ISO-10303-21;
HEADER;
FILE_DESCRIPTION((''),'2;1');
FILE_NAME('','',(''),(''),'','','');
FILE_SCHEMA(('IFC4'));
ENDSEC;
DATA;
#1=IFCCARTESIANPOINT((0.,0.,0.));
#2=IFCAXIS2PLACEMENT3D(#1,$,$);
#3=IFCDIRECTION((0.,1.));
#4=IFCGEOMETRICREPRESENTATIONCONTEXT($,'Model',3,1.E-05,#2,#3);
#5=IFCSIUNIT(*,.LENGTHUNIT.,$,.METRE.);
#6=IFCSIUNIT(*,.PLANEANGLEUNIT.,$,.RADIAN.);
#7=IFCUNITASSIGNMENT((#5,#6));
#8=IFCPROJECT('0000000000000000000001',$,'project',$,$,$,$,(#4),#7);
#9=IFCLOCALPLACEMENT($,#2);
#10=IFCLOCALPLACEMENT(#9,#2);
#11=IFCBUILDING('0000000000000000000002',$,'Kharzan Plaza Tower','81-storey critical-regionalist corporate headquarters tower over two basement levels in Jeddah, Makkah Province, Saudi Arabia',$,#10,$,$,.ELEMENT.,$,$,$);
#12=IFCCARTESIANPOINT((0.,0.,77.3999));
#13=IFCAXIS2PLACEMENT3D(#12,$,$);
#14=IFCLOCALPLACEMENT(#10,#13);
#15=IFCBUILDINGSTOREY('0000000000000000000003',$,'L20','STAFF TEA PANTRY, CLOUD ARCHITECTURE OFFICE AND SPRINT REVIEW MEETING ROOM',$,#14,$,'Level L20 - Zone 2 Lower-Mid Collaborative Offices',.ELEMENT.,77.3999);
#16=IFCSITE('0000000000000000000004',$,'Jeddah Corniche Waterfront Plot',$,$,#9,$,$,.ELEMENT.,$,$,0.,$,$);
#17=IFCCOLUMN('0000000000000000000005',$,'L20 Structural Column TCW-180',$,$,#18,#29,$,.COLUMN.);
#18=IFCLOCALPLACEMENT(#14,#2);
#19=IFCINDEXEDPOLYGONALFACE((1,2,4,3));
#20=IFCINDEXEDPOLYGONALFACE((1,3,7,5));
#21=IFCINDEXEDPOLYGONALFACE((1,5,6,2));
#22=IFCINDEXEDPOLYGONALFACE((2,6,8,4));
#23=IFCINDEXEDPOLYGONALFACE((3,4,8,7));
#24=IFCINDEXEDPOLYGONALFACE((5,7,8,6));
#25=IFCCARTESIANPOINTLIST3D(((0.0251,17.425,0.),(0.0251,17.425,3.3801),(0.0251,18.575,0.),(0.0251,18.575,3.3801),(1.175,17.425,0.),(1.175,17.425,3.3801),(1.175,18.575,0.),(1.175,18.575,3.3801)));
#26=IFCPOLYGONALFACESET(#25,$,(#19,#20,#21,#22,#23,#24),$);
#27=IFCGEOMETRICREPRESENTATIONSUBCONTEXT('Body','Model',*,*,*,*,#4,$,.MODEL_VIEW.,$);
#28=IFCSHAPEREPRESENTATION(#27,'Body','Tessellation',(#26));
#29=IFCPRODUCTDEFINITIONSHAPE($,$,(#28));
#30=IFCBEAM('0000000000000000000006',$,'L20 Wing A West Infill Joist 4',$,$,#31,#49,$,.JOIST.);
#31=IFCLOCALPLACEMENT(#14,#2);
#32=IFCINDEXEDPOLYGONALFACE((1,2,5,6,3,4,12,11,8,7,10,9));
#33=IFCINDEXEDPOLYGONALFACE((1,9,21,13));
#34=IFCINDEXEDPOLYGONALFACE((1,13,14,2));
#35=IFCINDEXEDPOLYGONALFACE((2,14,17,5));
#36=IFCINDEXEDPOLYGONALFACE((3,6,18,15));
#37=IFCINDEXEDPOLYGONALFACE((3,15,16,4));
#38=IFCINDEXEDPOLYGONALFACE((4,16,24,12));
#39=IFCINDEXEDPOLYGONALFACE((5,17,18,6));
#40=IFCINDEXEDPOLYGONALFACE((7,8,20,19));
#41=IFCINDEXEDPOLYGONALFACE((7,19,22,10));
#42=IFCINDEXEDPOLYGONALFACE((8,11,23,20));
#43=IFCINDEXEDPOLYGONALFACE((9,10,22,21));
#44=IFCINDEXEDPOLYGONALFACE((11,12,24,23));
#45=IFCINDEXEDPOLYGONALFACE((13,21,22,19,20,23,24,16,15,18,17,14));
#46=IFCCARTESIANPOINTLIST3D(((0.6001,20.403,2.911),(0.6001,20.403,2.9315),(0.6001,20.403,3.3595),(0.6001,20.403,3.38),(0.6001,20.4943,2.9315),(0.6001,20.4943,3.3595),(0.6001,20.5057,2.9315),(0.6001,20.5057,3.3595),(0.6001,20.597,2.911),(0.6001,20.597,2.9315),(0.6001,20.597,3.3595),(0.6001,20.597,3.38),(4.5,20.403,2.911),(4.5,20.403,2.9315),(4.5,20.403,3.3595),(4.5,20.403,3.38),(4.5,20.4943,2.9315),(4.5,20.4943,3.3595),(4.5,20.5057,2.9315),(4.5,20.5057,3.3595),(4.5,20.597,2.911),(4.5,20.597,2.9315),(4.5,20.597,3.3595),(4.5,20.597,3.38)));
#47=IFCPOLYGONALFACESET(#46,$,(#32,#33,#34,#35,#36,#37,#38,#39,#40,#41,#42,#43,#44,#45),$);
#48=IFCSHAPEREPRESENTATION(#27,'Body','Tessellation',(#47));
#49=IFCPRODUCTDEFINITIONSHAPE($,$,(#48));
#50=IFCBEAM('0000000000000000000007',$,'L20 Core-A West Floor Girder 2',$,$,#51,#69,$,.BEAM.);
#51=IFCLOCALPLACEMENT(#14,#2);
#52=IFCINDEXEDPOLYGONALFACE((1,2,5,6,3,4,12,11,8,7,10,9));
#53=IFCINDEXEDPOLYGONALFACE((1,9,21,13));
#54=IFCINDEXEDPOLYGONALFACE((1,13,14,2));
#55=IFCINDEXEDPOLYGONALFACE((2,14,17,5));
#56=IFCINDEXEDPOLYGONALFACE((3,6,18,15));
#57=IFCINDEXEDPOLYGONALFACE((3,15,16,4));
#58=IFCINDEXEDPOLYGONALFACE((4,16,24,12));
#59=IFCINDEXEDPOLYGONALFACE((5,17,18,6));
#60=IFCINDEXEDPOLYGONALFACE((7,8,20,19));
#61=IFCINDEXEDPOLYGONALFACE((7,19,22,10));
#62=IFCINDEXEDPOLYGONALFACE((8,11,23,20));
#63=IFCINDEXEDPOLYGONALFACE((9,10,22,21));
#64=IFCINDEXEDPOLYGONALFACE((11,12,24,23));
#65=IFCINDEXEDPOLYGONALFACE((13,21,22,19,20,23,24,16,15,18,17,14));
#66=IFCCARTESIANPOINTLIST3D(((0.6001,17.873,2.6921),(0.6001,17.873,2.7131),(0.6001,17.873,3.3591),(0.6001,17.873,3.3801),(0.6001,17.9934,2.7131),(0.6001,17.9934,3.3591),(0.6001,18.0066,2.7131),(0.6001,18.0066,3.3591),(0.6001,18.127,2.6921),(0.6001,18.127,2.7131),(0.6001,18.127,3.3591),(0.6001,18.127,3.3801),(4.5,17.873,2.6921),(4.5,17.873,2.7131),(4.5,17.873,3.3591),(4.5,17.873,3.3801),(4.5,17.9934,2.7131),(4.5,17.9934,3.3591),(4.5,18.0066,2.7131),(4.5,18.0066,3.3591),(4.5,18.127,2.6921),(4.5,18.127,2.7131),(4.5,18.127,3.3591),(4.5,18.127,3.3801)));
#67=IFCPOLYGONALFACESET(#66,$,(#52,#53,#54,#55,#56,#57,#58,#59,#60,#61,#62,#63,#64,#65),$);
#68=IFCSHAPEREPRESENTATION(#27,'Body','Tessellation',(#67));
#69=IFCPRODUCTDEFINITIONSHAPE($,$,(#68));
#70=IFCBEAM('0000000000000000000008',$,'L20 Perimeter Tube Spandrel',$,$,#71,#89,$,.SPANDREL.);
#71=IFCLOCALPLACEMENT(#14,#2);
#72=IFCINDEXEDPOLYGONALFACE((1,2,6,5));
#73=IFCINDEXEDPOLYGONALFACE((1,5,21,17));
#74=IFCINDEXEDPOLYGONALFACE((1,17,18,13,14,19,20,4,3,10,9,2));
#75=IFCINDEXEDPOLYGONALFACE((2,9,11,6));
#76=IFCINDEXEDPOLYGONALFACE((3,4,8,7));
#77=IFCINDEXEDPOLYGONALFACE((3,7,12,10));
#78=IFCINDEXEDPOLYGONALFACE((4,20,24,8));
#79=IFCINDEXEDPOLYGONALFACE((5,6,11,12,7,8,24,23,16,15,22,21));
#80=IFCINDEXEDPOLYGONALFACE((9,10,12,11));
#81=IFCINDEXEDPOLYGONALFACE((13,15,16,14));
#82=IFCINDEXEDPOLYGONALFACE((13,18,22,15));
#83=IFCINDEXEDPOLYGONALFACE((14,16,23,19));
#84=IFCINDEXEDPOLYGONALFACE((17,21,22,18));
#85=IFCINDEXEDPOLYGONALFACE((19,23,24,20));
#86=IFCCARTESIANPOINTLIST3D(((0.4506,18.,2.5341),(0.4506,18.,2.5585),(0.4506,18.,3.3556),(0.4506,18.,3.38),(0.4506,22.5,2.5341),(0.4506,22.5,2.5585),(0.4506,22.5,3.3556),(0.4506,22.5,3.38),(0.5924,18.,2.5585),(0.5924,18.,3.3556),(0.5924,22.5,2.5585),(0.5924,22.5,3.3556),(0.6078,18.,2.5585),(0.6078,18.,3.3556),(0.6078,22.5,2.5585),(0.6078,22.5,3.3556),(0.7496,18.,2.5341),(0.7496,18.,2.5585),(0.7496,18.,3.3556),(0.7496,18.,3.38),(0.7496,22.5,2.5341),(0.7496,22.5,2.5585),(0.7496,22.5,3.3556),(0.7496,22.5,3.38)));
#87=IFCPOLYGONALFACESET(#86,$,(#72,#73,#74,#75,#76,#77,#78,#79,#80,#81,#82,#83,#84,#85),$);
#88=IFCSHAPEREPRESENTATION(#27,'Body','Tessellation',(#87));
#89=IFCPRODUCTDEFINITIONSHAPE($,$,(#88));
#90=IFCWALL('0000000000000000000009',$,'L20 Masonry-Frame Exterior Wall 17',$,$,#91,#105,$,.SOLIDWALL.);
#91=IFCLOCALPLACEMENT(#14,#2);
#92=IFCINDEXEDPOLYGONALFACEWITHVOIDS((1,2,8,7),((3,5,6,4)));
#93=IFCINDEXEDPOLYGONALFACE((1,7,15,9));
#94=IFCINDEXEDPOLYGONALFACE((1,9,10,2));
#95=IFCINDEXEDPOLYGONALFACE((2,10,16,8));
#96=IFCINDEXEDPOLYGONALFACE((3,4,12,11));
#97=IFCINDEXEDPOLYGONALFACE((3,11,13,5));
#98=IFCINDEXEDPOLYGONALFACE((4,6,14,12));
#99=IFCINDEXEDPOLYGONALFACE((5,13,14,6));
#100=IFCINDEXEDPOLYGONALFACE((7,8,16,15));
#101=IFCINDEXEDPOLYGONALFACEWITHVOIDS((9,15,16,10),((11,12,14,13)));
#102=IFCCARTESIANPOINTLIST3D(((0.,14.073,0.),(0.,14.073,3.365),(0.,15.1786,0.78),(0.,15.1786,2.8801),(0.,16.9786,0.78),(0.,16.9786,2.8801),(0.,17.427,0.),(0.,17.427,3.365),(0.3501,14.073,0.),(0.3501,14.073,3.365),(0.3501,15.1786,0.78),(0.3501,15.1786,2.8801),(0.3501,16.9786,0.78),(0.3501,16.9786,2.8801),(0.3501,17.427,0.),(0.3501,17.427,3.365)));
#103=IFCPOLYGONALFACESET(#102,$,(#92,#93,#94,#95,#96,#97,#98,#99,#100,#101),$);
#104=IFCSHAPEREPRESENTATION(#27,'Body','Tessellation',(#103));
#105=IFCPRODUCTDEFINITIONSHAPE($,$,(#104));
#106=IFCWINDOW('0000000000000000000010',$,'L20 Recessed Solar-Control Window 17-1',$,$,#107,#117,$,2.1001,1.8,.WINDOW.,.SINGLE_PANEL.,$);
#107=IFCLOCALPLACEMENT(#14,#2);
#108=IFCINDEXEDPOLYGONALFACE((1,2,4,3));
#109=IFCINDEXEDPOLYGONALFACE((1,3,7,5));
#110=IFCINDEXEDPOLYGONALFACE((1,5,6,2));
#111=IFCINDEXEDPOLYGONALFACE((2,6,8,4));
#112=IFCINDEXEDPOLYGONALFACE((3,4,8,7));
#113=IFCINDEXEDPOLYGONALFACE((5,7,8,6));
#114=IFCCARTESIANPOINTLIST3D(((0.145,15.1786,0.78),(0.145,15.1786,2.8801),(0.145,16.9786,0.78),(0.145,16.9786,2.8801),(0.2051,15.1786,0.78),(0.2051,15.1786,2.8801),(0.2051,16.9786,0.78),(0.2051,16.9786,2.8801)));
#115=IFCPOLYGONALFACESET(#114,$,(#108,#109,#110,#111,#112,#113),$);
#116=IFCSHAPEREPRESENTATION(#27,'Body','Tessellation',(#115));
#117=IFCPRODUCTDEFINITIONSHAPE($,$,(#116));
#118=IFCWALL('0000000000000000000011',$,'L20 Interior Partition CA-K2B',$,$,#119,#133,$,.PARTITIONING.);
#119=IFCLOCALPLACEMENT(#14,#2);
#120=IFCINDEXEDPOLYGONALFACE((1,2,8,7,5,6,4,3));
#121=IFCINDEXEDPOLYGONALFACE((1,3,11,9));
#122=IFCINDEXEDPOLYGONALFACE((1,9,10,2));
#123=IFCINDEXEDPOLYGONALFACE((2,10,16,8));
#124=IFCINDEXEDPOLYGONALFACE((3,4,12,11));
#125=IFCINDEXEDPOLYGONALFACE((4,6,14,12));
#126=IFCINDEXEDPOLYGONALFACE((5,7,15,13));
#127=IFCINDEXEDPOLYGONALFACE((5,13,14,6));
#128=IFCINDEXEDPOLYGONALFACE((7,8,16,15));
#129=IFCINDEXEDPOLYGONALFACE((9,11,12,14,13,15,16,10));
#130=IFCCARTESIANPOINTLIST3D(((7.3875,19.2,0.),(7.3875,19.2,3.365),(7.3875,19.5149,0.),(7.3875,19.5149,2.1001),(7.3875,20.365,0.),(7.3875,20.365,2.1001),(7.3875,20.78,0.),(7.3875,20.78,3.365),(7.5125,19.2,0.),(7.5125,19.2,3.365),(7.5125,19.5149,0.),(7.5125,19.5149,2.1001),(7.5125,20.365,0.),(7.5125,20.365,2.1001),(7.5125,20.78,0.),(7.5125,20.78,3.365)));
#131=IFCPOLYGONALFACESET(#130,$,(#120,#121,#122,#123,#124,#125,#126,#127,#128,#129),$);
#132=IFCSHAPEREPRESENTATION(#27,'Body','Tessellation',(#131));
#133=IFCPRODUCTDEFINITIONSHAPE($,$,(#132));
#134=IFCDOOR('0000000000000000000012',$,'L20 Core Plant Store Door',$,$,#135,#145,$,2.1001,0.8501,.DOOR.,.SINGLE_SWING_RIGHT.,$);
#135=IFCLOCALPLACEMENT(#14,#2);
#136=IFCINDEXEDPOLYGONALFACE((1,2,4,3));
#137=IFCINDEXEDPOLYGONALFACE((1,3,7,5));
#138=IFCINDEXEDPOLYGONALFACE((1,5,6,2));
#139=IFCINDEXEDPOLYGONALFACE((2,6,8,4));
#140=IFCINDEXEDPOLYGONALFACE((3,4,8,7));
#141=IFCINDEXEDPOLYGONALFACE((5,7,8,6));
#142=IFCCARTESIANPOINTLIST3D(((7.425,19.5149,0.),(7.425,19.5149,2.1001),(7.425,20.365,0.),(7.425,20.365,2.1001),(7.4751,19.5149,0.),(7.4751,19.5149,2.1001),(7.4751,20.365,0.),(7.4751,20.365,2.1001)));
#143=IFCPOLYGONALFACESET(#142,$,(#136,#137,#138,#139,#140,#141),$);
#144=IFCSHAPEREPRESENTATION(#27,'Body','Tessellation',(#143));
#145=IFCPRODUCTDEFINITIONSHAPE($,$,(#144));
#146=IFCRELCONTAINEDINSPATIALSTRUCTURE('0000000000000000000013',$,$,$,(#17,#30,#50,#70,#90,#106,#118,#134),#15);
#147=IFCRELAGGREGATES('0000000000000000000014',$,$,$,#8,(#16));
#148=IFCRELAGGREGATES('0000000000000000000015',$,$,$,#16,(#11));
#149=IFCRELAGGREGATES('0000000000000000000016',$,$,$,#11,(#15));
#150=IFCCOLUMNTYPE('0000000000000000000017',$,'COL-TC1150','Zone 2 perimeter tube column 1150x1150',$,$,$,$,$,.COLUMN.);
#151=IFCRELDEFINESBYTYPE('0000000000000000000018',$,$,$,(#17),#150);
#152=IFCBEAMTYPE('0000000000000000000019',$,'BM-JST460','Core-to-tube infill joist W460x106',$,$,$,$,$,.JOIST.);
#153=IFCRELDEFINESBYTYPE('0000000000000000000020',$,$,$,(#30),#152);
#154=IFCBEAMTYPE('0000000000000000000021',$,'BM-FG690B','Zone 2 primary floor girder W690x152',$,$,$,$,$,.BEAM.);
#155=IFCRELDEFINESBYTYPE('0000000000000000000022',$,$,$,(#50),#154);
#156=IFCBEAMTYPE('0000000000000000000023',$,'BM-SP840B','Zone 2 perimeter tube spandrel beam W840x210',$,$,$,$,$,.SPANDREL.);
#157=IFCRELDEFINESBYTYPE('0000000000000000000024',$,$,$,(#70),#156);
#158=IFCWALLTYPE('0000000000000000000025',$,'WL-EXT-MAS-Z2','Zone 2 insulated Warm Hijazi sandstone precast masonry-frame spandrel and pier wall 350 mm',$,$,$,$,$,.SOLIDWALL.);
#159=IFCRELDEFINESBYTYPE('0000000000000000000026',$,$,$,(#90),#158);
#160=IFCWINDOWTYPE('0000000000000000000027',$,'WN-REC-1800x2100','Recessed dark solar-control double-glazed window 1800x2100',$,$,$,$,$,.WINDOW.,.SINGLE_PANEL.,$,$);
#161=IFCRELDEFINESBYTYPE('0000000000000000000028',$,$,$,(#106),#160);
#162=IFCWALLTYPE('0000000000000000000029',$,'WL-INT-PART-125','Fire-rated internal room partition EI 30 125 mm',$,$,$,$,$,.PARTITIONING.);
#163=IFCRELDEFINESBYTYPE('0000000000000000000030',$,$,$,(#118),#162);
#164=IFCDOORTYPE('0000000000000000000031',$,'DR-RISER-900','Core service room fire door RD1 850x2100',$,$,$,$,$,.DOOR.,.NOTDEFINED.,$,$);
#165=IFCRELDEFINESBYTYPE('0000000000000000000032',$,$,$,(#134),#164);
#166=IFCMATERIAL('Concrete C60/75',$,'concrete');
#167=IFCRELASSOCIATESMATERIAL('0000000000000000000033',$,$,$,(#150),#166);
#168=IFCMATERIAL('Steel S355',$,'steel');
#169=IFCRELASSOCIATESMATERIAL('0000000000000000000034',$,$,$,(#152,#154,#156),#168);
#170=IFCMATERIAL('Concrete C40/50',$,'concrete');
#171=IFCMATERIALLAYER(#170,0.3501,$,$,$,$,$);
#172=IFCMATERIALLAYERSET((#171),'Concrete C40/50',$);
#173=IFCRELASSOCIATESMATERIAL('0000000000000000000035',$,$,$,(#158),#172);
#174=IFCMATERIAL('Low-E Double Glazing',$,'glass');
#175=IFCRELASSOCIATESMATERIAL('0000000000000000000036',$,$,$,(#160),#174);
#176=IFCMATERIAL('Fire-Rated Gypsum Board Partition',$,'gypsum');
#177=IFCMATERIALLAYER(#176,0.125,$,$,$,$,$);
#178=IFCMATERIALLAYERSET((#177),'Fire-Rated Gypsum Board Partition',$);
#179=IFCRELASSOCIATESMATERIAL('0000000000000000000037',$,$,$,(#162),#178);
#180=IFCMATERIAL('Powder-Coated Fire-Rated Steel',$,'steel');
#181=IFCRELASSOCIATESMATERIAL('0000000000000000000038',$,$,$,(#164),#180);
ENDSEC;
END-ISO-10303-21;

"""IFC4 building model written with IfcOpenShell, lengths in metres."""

from ifc_helpers import new_model, si_unit, direction, frame, frame_2d, origin, origin_2d, place, context, subcontext, project, spatial, rectangle, i_section, extrude, source, transform, mapped, material, layer, layer_set, material_profile, profile_set, type_object, element, fill, save


model = new_model("IFC4")

# Units and contexts
model_context = context("Model", 3, precision=1e-05, world=origin(), true_north=direction((0.0, 1.0)))
body_context = subcontext(model_context, "Body", "Model", "MODEL_VIEW")
ifc_project = project(units=[si_unit("LENGTHUNIT", "METRE"), si_unit("PLANEANGLEUNIT", "RADIAN")], contexts=[model_context])

# Site, building, storey
site_placement = place(None, origin())
site = spatial("IfcSite", under=ifc_project, at=site_placement, Name="Jeddah Corniche Waterfront Plot", CompositionType="ELEMENT", RefElevation=0.0)
building_placement = place(site_placement, origin())
building = spatial("IfcBuilding", under=site, at=building_placement, Name="Kharzan Plaza Tower", Description="81-storey critical-regionalist corporate headquarters tower over two basement levels in Jeddah, Makkah Province, Saudi Arabia", CompositionType="ELEMENT")
storey_placement = place(building_placement, frame((0.0, 0.0, 77.3999)))
storey = spatial("IfcBuildingStorey", under=building, at=storey_placement, Name="L20", Description="STAFF TEA PANTRY, CLOUD ARCHITECTURE OFFICE AND SPRINT REVIEW MEETING ROOM", LongName="Level L20 - Zone 2 Lower-Mid Collaborative Offices", CompositionType="ELEMENT", Elevation=77.3999)

# Column
ifc_material_1 = material(Name="Concrete C60/75", Category="concrete")
ifc_material_profile_1 = material_profile(ifc_material_1, rectangle(XDim=1.1499, YDim=1.1499, at=origin_2d()), Name="RC-TC1150x1150")
ifc_profile_set_1 = profile_set([ifc_material_profile_1], Name="Concrete C60/75")
column_type = type_object("IfcColumnType", Name="COL-TC1150", Description="Zone 2 perimeter tube column 1150x1150", PredefinedType="COLUMN", material=ifc_profile_set_1)
shared_shape_1 = source(origin(), body_context, "Body", "SweptSolid", [
    extrude(rectangle(XDim=1.1499, YDim=1.1499, at=origin_2d()), origin(), (0.0, 0.0, 1.0), 3.3801),
])
column_placement = place(storey_placement, frame((0.6001, 18.0, 0.0), z_axis=(0.0, 0.0, 1.0), x_axis=(1.0, 0.0, 0.0)))
element("IfcColumn", 1, at=column_placement, inside=storey, type_object=column_type, Name="L20 Structural Column TCW-180", PredefinedType="COLUMN", context=body_context, shape_type="MappedRepresentation", body=[
    mapped(shared_shape_1, transform((0.0, 0.0, 0.0), x_axis=(1.0, 0.0, 0.0), y_axis=(0.0, 1.0, 0.0), z_axis=(0.0, 0.0, 1.0))),
])

# Beams
ifc_material_2 = material(Name="Steel S355", Category="steel")
ifc_material_profile_2 = material_profile(ifc_material_2, i_section(OverallWidth=0.1941, OverallDepth=0.469, WebThickness=0.0115, FlangeThickness=0.0205, at=origin_2d()), Name="W460x106")
ifc_profile_set_2 = profile_set([ifc_material_profile_2], Name="Steel S355")
beam_type_1 = type_object("IfcBeamType", Name="BM-JST460", Description="Core-to-tube infill joist W460x106", PredefinedType="JOIST", material=ifc_profile_set_2)
shared_shape_2 = source(origin(), body_context, "Body", "SweptSolid", [
    extrude(i_section(OverallWidth=0.1941, OverallDepth=0.469, WebThickness=0.0115, FlangeThickness=0.0205, at=origin_2d()), origin(), (0.0, 0.0, 1.0), 3.8999),
])
beam_1_placement = place(storey_placement, frame((0.6001, 20.5, 3.1455), z_axis=(1.0, 0.0, 0.0), x_axis=(0.0, 1.0, 0.0)))
element("IfcBeam", 2, at=beam_1_placement, inside=storey, type_object=beam_type_1, Name="L20 Wing A West Infill Joist 4", PredefinedType="JOIST", context=body_context, shape_type="MappedRepresentation", body=[
    mapped(shared_shape_2, transform((0.0, 0.0, 0.0), x_axis=(1.0, 0.0, 0.0), y_axis=(0.0, 1.0, 0.0), z_axis=(0.0, 0.0, 1.0))),
])
ifc_material_profile_3 = material_profile(ifc_material_2, i_section(OverallWidth=0.2539, OverallDepth=0.688, WebThickness=0.0132, FlangeThickness=0.021, at=origin_2d()), Name="W690x152")
ifc_profile_set_3 = profile_set([ifc_material_profile_3], Name="Steel S355")
beam_type_2 = type_object("IfcBeamType", Name="BM-FG690B", Description="Zone 2 primary floor girder W690x152", PredefinedType="BEAM", material=ifc_profile_set_3)
shared_shape_3 = source(origin(), body_context, "Body", "SweptSolid", [
    extrude(i_section(OverallWidth=0.2539, OverallDepth=0.688, WebThickness=0.0132, FlangeThickness=0.021, at=origin_2d()), origin(), (0.0, 0.0, 1.0), 3.8999),
])
beam_2_placement = place(storey_placement, frame((0.6001, 18.0, 3.0361), z_axis=(1.0, 0.0, 0.0), x_axis=(0.0, 1.0, 0.0)))
element("IfcBeam", 3, at=beam_2_placement, inside=storey, type_object=beam_type_2, Name="L20 Core-A West Floor Girder 2", PredefinedType="BEAM", context=body_context, shape_type="MappedRepresentation", body=[
    mapped(shared_shape_3, transform((0.0, 0.0, 0.0), x_axis=(1.0, 0.0, 0.0), y_axis=(0.0, 1.0, 0.0), z_axis=(0.0, 0.0, 1.0))),
])
ifc_material_profile_4 = material_profile(ifc_material_2, i_section(OverallWidth=0.2991, OverallDepth=0.8459, WebThickness=0.0154, FlangeThickness=0.0244, at=origin_2d()), Name="W840x210")
ifc_profile_set_4 = profile_set([ifc_material_profile_4], Name="Steel S355")
beam_type_3 = type_object("IfcBeamType", Name="BM-SP840B", Description="Zone 2 perimeter tube spandrel beam W840x210", PredefinedType="SPANDREL", material=ifc_profile_set_4)
shared_shape_4 = source(origin(), body_context, "Body", "SweptSolid", [
    extrude(i_section(OverallWidth=0.2991, OverallDepth=0.8459, WebThickness=0.0154, FlangeThickness=0.0244, at=origin_2d()), origin(), (0.0, 0.0, 1.0), 4.5),
])
beam_3_placement = place(storey_placement, frame((0.6001, 18.0, 2.957), z_axis=(0.0, 1.0, 0.0), x_axis=(-1.0, 0.0, 0.0)))
element("IfcBeam", 4, at=beam_3_placement, inside=storey, type_object=beam_type_3, Name="L20 Perimeter Tube Spandrel", PredefinedType="SPANDREL", context=body_context, shape_type="MappedRepresentation", body=[
    mapped(shared_shape_4, transform((0.0, 0.0, 0.0), x_axis=(1.0, 0.0, 0.0), y_axis=(0.0, 1.0, 0.0), z_axis=(0.0, 0.0, 1.0))),
])

# Wall, opening, window
ifc_material_3 = material(Name="Concrete C40/50", Category="concrete")
ifc_layer_1 = layer(ifc_material_3, 0.3501)
ifc_layer_set_1 = layer_set([ifc_layer_1], Name="Concrete C40/50")
wall_type_1 = type_object("IfcWallType", Name="WL-EXT-MAS-Z2", Description="Zone 2 insulated Warm Hijazi sandstone precast masonry-frame spandrel and pier wall 350 mm", PredefinedType="SOLIDWALL", material=ifc_layer_set_1)
wall_1_placement = place(storey_placement, frame((0.175, 17.427, 0.0), z_axis=(0.0, 0.0, 1.0), x_axis=(0.0, -1.0, 0.0)))
wall_1 = element("IfcWall", 5, at=wall_1_placement, inside=storey, type_object=wall_type_1, Name="L20 Masonry-Frame Exterior Wall 17", PredefinedType="SOLIDWALL", context=body_context, shape_type="SweptSolid", body=[
    extrude(rectangle(XDim=3.354, YDim=0.3501, at=frame_2d((1.677, 0.0))), origin(), (0.0, 0.0, 1.0), 3.365),
])
opening_1_placement = place(wall_1_placement, frame((0.4485, 0.0, 0.78)))
opening_1 = element("IfcOpeningElement", 6, at=opening_1_placement, cuts=wall_1, PredefinedType="OPENING", context=body_context, shape_type="SweptSolid", body=[
    extrude(rectangle(XDim=1.8, YDim=2.1001, at=frame_2d((0.8999, 1.05))), frame((0.0, 0.1851, 0.0), z_axis=(0.0, -1.0, 0.0), x_axis=(1.0, 0.0, 0.0)), (0.0, 0.0, 1.0), 0.3701),
])
ifc_material_4 = material(Name="Low-E Double Glazing", Category="glass")
window_type = type_object("IfcWindowType", Name="WN-REC-1800x2100", Description="Recessed dark solar-control double-glazed window 1800x2100", PartitioningType="SINGLE_PANEL", PredefinedType="WINDOW", material=ifc_material_4)
shared_shape_5 = source(origin(), body_context, "Body", "SweptSolid", [
    extrude(rectangle(XDim=1.8, YDim=2.1001, at=frame_2d((0.8999, 1.05))), frame((0.0, 0.03, 0.0), z_axis=(0.0, -1.0, 0.0), x_axis=(1.0, 0.0, 0.0)), (0.0, 0.0, 1.0), 0.0601),
])
window_placement = place(opening_1_placement, origin())
window = element("IfcWindow", 7, at=window_placement, inside=storey, type_object=window_type, Name="L20 Recessed Solar-Control Window 17-1", OverallHeight=2.1001, OverallWidth=1.8, PartitioningType="SINGLE_PANEL", PredefinedType="WINDOW", context=body_context, shape_type="MappedRepresentation", body=[
    mapped(shared_shape_5, transform((0.0, 0.0, 0.0), x_axis=(1.0, 0.0, 0.0), y_axis=(0.0, 1.0, 0.0), z_axis=(0.0, 0.0, 1.0))),
])
fill(opening_1, window)

# Wall, opening, door
ifc_material_5 = material(Name="Fire-Rated Gypsum Board Partition", Category="gypsum")
ifc_layer_2 = layer(ifc_material_5, 0.125)
ifc_layer_set_2 = layer_set([ifc_layer_2], Name="Fire-Rated Gypsum Board Partition")
wall_type_2 = type_object("IfcWallType", Name="WL-INT-PART-125", Description="Fire-rated internal room partition EI 30 125 mm", PredefinedType="PARTITIONING", material=ifc_layer_set_2)
wall_2_placement = place(storey_placement, frame((7.45, 19.2, 0.0), z_axis=(0.0, 0.0, 1.0), x_axis=(0.0, 1.0, 0.0)))
wall_2 = element("IfcWall", 8, at=wall_2_placement, inside=storey, type_object=wall_type_2, Name="L20 Interior Partition CA-K2B", PredefinedType="PARTITIONING", context=body_context, shape_type="SweptSolid", body=[
    extrude(rectangle(XDim=1.5801, YDim=0.125, at=frame_2d((0.79, 0.0))), origin(), (0.0, 0.0, 1.0), 3.365),
])
opening_2_placement = place(wall_2_placement, frame((0.3149, 0.0, 0.0)))
opening_2 = element("IfcOpeningElement", 9, at=opening_2_placement, cuts=wall_2, PredefinedType="OPENING", context=body_context, shape_type="SweptSolid", body=[
    extrude(rectangle(XDim=0.8501, YDim=2.1001, at=frame_2d((0.425, 1.05))), frame((0.0, 0.0725, 0.0), z_axis=(0.0, -1.0, 0.0), x_axis=(1.0, 0.0, 0.0)), (0.0, 0.0, 1.0), 0.145),
])
ifc_material_6 = material(Name="Powder-Coated Fire-Rated Steel", Category="steel")
door_type_1 = type_object("IfcDoorType", Name="DR-RISER-900", Description="Core service room fire door RD1 850x2100", OperationType="NOTDEFINED", PredefinedType="DOOR", material=ifc_material_6)
shared_shape_6 = source(origin(), body_context, "Body", "SweptSolid", [
    extrude(rectangle(XDim=0.8501, YDim=2.1001, at=frame_2d((0.425, 1.05))), frame((0.0, 0.0249, 0.0), z_axis=(0.0, -1.0, 0.0), x_axis=(1.0, 0.0, 0.0)), (0.0, 0.0, 1.0), 0.05),
])
door_1_placement = place(opening_2_placement, origin())
door_1 = element("IfcDoor", 10, at=door_1_placement, inside=storey, type_object=door_type_1, Name="L20 Core Plant Store Door", OperationType="SINGLE_SWING_RIGHT", OverallHeight=2.1001, OverallWidth=0.8501, PredefinedType="DOOR", context=body_context, shape_type="MappedRepresentation", body=[
    mapped(shared_shape_6, transform((0.0, 0.0, 0.0), x_axis=(1.0, 0.0, 0.0), y_axis=(0.0, 1.0, 0.0), z_axis=(0.0, 0.0, 1.0))),
])
fill(opening_2, door_1)

save(model, "model.ifc")
